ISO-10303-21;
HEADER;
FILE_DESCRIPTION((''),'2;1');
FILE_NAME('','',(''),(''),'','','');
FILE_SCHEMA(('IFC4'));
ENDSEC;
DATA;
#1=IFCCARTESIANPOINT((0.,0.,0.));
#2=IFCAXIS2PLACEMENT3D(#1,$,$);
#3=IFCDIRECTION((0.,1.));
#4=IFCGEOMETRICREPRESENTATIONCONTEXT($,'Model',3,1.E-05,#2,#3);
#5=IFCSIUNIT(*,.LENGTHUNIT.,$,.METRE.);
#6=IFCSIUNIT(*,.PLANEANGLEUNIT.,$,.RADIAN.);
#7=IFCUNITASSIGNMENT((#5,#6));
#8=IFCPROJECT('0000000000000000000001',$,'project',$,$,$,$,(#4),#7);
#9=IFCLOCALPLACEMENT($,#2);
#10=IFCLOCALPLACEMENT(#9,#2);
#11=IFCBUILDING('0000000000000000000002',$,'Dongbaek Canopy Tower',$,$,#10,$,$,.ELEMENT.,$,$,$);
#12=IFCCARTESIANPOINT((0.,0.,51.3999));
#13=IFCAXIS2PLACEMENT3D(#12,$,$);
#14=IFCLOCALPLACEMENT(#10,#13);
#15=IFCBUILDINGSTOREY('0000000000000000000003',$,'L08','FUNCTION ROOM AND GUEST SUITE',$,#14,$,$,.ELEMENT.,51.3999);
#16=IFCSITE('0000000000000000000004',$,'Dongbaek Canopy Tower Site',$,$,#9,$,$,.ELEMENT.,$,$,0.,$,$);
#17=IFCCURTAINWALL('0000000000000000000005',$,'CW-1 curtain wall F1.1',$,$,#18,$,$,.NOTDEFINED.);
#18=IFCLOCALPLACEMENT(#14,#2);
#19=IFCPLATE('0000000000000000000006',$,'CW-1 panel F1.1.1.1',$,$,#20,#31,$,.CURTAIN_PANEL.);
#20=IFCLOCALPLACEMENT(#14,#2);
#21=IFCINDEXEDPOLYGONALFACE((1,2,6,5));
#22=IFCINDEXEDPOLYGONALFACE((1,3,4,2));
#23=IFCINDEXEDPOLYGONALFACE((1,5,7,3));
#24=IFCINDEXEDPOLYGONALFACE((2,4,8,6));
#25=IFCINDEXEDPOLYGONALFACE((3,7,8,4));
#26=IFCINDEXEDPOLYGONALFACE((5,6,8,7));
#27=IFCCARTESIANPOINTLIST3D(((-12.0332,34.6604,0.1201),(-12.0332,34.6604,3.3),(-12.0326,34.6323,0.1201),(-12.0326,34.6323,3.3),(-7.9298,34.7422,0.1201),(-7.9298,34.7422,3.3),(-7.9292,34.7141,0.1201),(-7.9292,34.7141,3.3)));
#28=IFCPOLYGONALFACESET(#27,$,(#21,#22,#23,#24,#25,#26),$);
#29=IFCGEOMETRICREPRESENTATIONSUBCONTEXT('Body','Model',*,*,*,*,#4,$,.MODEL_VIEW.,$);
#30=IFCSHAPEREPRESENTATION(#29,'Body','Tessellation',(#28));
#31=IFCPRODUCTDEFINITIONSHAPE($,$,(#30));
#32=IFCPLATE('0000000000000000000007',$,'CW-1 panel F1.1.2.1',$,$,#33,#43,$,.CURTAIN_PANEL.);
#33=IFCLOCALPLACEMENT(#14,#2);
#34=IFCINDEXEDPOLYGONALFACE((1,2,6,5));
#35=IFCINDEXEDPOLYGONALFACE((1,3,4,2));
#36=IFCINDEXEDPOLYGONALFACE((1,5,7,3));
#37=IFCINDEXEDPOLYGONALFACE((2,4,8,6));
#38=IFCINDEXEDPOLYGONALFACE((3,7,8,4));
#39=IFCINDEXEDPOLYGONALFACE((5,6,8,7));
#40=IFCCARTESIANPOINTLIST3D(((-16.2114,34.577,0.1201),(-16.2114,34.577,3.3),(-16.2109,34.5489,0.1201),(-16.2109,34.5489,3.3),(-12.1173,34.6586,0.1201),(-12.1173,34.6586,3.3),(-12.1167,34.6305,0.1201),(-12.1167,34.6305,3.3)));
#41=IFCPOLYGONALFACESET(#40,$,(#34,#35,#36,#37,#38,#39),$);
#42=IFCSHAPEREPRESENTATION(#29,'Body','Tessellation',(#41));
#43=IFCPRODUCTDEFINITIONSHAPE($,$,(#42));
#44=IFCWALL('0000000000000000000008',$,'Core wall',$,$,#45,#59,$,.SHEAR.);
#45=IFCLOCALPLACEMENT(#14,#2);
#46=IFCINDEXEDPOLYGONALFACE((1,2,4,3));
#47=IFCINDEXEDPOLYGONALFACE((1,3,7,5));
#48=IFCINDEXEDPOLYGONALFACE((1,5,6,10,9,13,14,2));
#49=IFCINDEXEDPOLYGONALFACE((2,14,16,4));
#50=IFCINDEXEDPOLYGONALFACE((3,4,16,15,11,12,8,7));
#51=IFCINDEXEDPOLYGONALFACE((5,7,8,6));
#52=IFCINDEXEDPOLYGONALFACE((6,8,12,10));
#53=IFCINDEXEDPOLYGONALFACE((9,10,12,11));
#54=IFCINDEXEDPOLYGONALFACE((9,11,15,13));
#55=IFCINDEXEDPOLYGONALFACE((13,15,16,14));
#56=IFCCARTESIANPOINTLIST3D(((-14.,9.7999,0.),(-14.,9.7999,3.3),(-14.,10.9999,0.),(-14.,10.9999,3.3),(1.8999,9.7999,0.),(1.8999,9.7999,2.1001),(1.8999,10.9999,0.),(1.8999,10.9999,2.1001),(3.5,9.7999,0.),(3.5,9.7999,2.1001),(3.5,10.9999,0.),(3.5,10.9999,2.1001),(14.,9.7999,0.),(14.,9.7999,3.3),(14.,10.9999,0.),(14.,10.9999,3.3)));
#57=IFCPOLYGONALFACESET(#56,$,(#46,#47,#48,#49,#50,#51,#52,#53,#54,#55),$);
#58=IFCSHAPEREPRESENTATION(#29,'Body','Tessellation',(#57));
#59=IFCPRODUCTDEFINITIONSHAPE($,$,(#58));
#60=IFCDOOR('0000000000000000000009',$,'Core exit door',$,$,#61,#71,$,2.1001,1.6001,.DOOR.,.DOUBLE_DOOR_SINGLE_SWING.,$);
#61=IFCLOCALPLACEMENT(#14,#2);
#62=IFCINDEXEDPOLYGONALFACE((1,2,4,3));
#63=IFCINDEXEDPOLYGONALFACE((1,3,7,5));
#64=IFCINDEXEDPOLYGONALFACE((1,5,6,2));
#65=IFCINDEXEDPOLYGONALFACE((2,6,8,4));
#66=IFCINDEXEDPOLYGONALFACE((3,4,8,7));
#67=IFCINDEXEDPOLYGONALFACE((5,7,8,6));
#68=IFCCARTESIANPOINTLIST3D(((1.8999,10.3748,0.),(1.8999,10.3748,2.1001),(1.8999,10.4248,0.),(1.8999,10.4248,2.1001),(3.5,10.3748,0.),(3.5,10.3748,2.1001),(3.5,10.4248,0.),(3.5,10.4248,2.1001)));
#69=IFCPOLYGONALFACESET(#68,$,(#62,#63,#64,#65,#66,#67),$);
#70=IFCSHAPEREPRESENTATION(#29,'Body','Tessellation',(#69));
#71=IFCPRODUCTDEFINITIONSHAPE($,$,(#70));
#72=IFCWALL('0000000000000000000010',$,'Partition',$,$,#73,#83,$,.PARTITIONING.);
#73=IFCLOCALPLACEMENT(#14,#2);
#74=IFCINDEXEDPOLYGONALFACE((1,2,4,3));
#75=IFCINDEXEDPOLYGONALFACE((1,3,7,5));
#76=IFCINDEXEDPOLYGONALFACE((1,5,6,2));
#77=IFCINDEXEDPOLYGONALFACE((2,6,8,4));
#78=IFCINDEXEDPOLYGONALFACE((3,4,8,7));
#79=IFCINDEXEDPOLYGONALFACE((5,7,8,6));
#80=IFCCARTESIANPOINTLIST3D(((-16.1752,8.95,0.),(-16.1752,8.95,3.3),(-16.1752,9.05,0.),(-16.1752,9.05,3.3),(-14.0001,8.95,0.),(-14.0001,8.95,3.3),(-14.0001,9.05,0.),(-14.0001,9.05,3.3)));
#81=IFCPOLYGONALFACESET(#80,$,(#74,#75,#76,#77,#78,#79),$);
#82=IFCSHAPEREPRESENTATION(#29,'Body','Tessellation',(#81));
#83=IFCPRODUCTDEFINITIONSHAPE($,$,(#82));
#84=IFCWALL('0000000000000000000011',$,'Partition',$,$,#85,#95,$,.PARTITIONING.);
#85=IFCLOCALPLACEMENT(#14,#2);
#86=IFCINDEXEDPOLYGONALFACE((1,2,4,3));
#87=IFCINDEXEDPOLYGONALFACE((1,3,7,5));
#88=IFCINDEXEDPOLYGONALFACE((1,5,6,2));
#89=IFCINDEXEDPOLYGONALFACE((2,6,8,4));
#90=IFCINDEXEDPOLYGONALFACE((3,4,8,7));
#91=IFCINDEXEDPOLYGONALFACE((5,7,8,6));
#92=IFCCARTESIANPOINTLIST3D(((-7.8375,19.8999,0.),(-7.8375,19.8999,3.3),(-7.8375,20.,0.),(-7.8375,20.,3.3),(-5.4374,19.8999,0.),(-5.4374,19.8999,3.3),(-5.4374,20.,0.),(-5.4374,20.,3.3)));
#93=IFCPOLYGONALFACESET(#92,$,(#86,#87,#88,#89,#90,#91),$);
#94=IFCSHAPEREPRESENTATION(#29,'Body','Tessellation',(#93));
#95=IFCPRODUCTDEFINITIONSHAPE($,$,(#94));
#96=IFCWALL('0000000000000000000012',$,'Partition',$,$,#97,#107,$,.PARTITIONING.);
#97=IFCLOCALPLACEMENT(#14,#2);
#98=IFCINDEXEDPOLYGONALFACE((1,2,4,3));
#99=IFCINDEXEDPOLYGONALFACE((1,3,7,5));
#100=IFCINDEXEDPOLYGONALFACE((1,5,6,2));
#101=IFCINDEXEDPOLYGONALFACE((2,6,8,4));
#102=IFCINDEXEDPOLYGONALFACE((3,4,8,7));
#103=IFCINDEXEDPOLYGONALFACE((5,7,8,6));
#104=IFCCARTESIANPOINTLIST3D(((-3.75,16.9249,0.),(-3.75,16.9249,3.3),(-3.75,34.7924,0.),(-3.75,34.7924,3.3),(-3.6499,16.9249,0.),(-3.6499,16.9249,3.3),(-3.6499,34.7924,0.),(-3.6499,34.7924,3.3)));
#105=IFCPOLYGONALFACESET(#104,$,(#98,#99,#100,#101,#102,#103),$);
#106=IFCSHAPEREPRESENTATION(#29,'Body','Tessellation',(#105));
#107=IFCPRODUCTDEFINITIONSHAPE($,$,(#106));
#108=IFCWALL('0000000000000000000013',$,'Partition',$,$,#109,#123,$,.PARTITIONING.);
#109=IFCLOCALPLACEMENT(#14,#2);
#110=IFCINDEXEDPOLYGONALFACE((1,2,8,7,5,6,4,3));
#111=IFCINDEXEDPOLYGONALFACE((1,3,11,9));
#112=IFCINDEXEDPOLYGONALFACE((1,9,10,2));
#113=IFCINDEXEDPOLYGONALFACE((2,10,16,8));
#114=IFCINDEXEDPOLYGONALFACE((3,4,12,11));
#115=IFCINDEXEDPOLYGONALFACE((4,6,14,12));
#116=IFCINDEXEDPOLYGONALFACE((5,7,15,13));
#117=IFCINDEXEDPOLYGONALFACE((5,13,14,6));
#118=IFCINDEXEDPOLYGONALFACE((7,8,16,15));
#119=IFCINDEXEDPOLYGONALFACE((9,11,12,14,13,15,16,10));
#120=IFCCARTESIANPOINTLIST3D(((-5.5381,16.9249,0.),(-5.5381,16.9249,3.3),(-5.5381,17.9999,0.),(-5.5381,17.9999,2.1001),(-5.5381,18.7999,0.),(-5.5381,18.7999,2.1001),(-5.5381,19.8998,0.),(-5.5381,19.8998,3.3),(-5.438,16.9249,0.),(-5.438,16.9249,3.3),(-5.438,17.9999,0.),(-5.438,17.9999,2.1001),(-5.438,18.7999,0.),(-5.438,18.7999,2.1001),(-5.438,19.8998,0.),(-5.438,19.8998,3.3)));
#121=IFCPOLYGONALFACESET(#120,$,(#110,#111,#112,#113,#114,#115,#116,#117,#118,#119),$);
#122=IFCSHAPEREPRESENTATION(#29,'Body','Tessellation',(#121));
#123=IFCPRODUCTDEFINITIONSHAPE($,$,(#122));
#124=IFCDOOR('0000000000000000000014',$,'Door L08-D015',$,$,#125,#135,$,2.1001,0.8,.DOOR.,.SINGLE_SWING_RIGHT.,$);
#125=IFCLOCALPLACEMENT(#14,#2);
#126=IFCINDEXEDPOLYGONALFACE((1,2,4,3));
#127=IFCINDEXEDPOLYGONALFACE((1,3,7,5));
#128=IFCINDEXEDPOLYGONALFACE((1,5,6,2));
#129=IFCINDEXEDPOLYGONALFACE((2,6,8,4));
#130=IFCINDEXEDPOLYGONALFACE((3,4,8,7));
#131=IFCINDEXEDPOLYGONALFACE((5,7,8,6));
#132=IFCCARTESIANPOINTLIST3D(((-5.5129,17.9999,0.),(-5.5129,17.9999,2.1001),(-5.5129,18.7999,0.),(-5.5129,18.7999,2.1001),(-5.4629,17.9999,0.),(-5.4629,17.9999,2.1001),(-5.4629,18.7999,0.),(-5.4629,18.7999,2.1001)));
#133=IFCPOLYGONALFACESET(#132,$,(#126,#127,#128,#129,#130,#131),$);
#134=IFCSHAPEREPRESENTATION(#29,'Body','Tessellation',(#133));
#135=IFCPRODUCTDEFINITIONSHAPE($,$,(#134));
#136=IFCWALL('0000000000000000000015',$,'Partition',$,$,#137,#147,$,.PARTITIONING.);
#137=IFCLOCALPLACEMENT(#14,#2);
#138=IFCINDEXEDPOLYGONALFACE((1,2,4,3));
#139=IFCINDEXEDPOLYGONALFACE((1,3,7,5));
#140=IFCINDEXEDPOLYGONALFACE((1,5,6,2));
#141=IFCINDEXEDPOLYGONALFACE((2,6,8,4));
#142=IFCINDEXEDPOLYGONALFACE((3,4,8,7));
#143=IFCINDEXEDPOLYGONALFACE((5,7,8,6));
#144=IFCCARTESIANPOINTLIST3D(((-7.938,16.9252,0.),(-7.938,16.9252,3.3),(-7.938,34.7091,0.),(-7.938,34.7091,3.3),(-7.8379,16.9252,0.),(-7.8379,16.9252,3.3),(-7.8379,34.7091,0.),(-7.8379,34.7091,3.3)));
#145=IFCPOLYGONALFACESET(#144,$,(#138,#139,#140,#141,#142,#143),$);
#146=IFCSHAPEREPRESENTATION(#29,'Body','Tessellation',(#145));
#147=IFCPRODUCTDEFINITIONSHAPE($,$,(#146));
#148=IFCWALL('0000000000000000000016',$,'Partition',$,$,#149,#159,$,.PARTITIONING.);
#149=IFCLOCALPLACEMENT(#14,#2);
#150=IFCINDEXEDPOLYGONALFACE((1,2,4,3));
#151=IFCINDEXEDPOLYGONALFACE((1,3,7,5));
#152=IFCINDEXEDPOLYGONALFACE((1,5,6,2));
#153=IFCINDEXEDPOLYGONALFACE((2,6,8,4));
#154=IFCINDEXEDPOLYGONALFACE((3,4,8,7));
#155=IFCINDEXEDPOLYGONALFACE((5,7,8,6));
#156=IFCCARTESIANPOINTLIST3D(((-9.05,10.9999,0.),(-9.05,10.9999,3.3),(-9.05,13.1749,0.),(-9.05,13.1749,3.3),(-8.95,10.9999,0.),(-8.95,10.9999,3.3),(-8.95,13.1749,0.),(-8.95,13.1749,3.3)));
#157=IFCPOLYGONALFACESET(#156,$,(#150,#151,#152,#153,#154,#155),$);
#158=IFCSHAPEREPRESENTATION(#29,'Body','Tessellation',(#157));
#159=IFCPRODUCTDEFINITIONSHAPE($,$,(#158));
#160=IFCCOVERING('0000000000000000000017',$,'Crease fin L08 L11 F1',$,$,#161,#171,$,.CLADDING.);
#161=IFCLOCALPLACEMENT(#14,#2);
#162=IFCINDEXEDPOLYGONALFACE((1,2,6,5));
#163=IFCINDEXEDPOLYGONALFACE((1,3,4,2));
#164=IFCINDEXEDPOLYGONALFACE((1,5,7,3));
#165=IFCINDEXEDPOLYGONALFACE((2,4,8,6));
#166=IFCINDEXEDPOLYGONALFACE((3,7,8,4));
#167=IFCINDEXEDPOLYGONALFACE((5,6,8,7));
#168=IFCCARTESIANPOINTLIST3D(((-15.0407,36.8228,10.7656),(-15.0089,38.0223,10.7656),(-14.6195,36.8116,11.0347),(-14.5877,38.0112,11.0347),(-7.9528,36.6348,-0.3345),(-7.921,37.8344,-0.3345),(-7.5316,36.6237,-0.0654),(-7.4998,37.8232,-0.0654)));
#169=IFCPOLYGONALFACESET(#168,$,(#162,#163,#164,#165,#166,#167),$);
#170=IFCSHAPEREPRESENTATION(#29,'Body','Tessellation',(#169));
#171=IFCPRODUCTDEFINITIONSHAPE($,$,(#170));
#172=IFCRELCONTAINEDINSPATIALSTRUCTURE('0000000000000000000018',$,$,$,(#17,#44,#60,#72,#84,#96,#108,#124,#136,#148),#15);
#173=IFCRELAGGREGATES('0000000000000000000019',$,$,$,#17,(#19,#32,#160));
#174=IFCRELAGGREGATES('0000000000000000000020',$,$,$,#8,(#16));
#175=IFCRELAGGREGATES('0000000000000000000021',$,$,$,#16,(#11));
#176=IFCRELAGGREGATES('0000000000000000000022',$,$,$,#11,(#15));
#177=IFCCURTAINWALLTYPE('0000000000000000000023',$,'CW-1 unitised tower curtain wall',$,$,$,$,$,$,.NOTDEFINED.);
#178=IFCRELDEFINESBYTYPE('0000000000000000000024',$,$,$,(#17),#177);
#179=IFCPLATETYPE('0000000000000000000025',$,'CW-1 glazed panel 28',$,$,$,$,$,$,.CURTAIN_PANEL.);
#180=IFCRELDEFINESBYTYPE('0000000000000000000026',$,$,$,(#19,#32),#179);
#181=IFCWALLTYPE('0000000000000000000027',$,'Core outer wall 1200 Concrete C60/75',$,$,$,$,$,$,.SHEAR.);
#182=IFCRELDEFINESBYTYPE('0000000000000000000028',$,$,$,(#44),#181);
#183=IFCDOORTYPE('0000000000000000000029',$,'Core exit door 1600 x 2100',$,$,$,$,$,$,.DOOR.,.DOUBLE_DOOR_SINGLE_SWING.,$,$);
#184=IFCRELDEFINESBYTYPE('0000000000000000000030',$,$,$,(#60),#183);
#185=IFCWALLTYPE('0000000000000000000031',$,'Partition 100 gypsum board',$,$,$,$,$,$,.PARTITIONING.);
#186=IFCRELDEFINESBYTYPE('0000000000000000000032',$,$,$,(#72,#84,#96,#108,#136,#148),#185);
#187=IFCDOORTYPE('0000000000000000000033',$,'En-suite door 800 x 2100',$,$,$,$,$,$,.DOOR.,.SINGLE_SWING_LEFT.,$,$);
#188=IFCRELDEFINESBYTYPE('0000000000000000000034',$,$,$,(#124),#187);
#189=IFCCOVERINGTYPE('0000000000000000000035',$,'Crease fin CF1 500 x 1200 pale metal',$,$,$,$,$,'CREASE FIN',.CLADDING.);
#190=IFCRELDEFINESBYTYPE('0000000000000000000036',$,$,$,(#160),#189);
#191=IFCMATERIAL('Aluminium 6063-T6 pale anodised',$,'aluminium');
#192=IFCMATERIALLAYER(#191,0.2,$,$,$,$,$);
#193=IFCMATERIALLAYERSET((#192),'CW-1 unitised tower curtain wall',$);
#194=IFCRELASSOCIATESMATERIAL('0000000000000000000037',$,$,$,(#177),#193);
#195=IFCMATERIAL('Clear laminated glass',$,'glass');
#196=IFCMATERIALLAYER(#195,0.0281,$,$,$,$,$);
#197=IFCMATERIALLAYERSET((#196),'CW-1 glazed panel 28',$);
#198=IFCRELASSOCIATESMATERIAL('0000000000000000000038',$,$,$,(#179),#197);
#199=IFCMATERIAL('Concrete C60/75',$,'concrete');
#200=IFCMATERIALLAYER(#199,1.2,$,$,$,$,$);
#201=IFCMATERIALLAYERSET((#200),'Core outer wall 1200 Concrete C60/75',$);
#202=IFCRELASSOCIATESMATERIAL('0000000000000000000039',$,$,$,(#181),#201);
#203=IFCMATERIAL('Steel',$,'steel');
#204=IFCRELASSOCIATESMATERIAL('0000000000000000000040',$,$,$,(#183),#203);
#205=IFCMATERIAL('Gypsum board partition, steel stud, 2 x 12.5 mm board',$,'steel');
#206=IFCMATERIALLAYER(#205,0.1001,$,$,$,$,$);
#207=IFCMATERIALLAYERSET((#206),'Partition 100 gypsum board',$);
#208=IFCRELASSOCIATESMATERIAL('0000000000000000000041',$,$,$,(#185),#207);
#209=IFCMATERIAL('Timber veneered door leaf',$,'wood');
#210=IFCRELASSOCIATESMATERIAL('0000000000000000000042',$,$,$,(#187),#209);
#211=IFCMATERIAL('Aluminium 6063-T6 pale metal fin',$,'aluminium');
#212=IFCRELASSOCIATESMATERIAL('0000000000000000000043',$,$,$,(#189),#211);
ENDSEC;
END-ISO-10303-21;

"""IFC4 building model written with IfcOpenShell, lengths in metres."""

from ifc_helpers import new_model, si_unit, direction, frame, frame_2d, origin, origin_2d, place, context, subcontext, project, spatial, rectangle, extrude, material, layer, layer_set, material_profile, profile_set, type_object, element, fill, aggregate, save


model = new_model("IFC4")

# Units and contexts
model_context = context("Model", 3, precision=1e-05, world=origin(), true_north=direction((0.0, 1.0)))
body_context = subcontext(model_context, "Body", "Model", "MODEL_VIEW")
ifc_project = project(units=[si_unit("LENGTHUNIT", "METRE"), si_unit("PLANEANGLEUNIT", "RADIAN")], contexts=[model_context])

# Site, building, storey
site_placement = place(None, origin())
site = spatial("IfcSite", under=ifc_project, at=site_placement, Name="Dongbaek Canopy Tower Site", CompositionType="ELEMENT", RefElevation=0.0)
building_placement = place(site_placement, origin())
building = spatial("IfcBuilding", under=site, at=building_placement, Name="Dongbaek Canopy Tower", CompositionType="ELEMENT")
storey_placement = place(building_placement, frame((0.0, 0.0, 51.3999)))
storey = spatial("IfcBuildingStorey", under=building, at=storey_placement, Name="L08", Description="FUNCTION ROOM AND GUEST SUITE", CompositionType="ELEMENT", Elevation=51.3999)

# Curtain wall
ifc_material_1 = material(Name="Aluminium 6063-T6 pale anodised", Category="aluminium")
ifc_layer_1 = layer(ifc_material_1, 0.2)
ifc_layer_set_1 = layer_set([ifc_layer_1], Name="CW-1 unitised tower curtain wall")
curtain_wall_type = type_object("IfcCurtainWallType", Name="CW-1 unitised tower curtain wall", PredefinedType="NOTDEFINED", material=ifc_layer_set_1)
curtain_wall_placement = place(storey_placement, origin())
curtain_wall = element("IfcCurtainWall", 1, at=curtain_wall_placement, inside=storey, type_object=curtain_wall_type, Name="CW-1 curtain wall F1.1", PredefinedType="NOTDEFINED")

# Plates
ifc_material_2 = material(Name="Clear laminated glass", Category="glass")
ifc_layer_2 = layer(ifc_material_2, 0.0281)
ifc_layer_set_2 = layer_set([ifc_layer_2], Name="CW-1 glazed panel 28")
plate_type = type_object("IfcPlateType", Name="CW-1 glazed panel 28", PredefinedType="CURTAIN_PANEL", material=ifc_layer_set_2)
plate_1_placement = place(storey_placement, frame((-9.9812, 34.6873, 0.1201), z_axis=(0.0, 0.0, 1.0), x_axis=(-0.999801, -0.019926, 0.0)))
plate_1 = element("IfcPlate", 2, at=plate_1_placement, type_object=plate_type, Name="CW-1 panel F1.1.1.1", PredefinedType="CURTAIN_PANEL", context=body_context, shape_type="SweptSolid", body=[
    extrude(rectangle(XDim=4.1042, YDim=0.0281, at=origin_2d()), origin(), (0.0, 0.0, 1.0), 3.1799),
])
plate_2_placement = place(storey_placement, frame((-14.1641, 34.6038, 0.1201), z_axis=(0.0, 0.0, 1.0), x_axis=(-0.999801, -0.019926, 0.0)))
plate_2 = element("IfcPlate", 3, at=plate_2_placement, type_object=plate_type, Name="CW-1 panel F1.1.2.1", PredefinedType="CURTAIN_PANEL", context=body_context, shape_type="SweptSolid", body=[
    extrude(rectangle(XDim=4.095, YDim=0.0281, at=origin_2d()), origin(), (0.0, 0.0, 1.0), 3.1799),
])

# Wall, opening, door
ifc_material_3 = material(Name="Concrete C60/75", Category="concrete")
ifc_layer_3 = layer(ifc_material_3, 1.2)
ifc_layer_set_3 = layer_set([ifc_layer_3], Name="Core outer wall 1200 Concrete C60/75")
wall_type_1 = type_object("IfcWallType", Name="Core outer wall 1200 Concrete C60/75", PredefinedType="SHEAR", material=ifc_layer_set_3)
wall_1_placement = place(storey_placement, frame((-14.0, 10.3999, 0.0), z_axis=(0.0, 0.0, 1.0), x_axis=(1.0, 0.0, 0.0)))
wall_1 = element("IfcWall", 4, at=wall_1_placement, inside=storey, type_object=wall_type_1, Name="Core wall", PredefinedType="SHEAR", context=body_context, shape_type="SweptSolid", body=[
    extrude(rectangle(XDim=28.0, YDim=1.2, at=frame_2d((14.0, 0.0))), origin(), (0.0, 0.0, 1.0), 3.3),
])
opening_1_placement = place(wall_1_placement, frame((15.8999, 0.0, 0.0)))
opening_1 = element("IfcOpeningElement", 5, at=opening_1_placement, cuts=wall_1, PredefinedType="OPENING", context=body_context, shape_type="SweptSolid", body=[
    extrude(rectangle(XDim=1.6001, YDim=2.1001, at=frame_2d((0.8, 1.05))), frame((0.0, 0.6099, 0.0), z_axis=(0.0, -1.0, 0.0), x_axis=(1.0, 0.0, 0.0)), (0.0, 0.0, 1.0), 1.22),
])
ifc_material_4 = material(Name="Steel", Category="steel")
door_type_1 = type_object("IfcDoorType", Name="Core exit door 1600 x 2100", OperationType="DOUBLE_DOOR_SINGLE_SWING", PredefinedType="DOOR", material=ifc_material_4)
door_1_placement = place(opening_1_placement, origin())
door_1 = element("IfcDoor", 6, at=door_1_placement, inside=storey, type_object=door_type_1, Name="Core exit door", OperationType="DOUBLE_DOOR_SINGLE_SWING", OverallHeight=2.1001, OverallWidth=1.6001, PredefinedType="DOOR", context=body_context, shape_type="SweptSolid", body=[
    extrude(rectangle(XDim=1.6001, YDim=2.1001, at=frame_2d((0.8, 1.05))), frame((0.0, 0.0249, 0.0), z_axis=(0.0, -1.0, 0.0), x_axis=(1.0, 0.0, 0.0)), (0.0, 0.0, 1.0), 0.05),
])
fill(opening_1, door_1)

# Walls
ifc_material_5 = material(Name="Gypsum board partition, steel stud, 2 x 12.5 mm board", Category="steel")
ifc_layer_4 = layer(ifc_material_5, 0.1001)
ifc_layer_set_4 = layer_set([ifc_layer_4], Name="Partition 100 gypsum board")
wall_type_2 = type_object("IfcWallType", Name="Partition 100 gypsum board", PredefinedType="PARTITIONING", material=ifc_layer_set_4)
wall_2_placement = place(storey_placement, frame((-16.175, 9.0, 0.0), z_axis=(0.0, 0.0, 1.0), x_axis=(1.0, 0.0, 0.0)))
element("IfcWall", 7, at=wall_2_placement, inside=storey, type_object=wall_type_2, Name="Partition", PredefinedType="PARTITIONING", context=body_context, shape_type="SweptSolid", body=[
    extrude(rectangle(XDim=2.175, YDim=0.1001, at=frame_2d((1.0874, 0.0))), origin(), (0.0, 0.0, 1.0), 3.3),
])
wall_3_placement = place(storey_placement, frame((-7.8376, 19.95, 0.0), z_axis=(0.0, 0.0, 1.0), x_axis=(1.0, 0.0, 0.0)))
element("IfcWall", 8, at=wall_3_placement, inside=storey, type_object=wall_type_2, Name="Partition", PredefinedType="PARTITIONING", context=body_context, shape_type="SweptSolid", body=[
    extrude(rectangle(XDim=2.4001, YDim=0.1001, at=frame_2d((1.2002, 0.0))), origin(), (0.0, 0.0, 1.0), 3.3),
])
wall_4_placement = place(storey_placement, frame((-3.7, 16.925, 0.0), z_axis=(0.0, 0.0, 1.0), x_axis=(0.0, 1.0, 0.0)))
element("IfcWall", 9, at=wall_4_placement, inside=storey, type_object=wall_type_2, Name="Partition", PredefinedType="PARTITIONING", context=body_context, shape_type="SweptSolid", body=[
    extrude(rectangle(XDim=17.8674, YDim=0.1001, at=frame_2d((8.9336, 0.0))), origin(), (0.0, 0.0, 1.0), 3.3),
])

# Wall, opening, door
wall_5_placement = place(storey_placement, frame((-5.488, 16.925, 0.0), z_axis=(0.0, 0.0, 1.0), x_axis=(0.0, 1.0, 0.0)))
wall_5 = element("IfcWall", 10, at=wall_5_placement, inside=storey, type_object=wall_type_2, Name="Partition", PredefinedType="PARTITIONING", context=body_context, shape_type="SweptSolid", body=[
    extrude(rectangle(XDim=2.9749, YDim=0.1001, at=frame_2d((1.4873, 0.0))), origin(), (0.0, 0.0, 1.0), 3.3),
])
opening_2_placement = place(wall_5_placement, frame((1.075, 0.0, 0.0)))
opening_2 = element("IfcOpeningElement", 11, at=opening_2_placement, cuts=wall_5, PredefinedType="OPENING", context=body_context, shape_type="SweptSolid", body=[
    extrude(rectangle(XDim=0.8, YDim=2.1001, at=frame_2d((0.3999, 1.05))), frame((0.0, 0.0601, 0.0), z_axis=(0.0, -1.0, 0.0), x_axis=(1.0, 0.0, 0.0)), (0.0, 0.0, 1.0), 0.1201),
])
ifc_material_6 = material(Name="Timber veneered door leaf", Category="wood")
door_type_2 = type_object("IfcDoorType", Name="En-suite door 800 x 2100", OperationType="SINGLE_SWING_LEFT", PredefinedType="DOOR", material=ifc_material_6)
door_2_placement = place(opening_2_placement, origin())
door_2 = element("IfcDoor", 12, at=door_2_placement, inside=storey, type_object=door_type_2, Name="Door L08-D015", OperationType="SINGLE_SWING_RIGHT", OverallHeight=2.1001, OverallWidth=0.8, PredefinedType="DOOR", context=body_context, shape_type="SweptSolid", body=[
    extrude(rectangle(XDim=0.8, YDim=2.1001, at=frame_2d((0.3999, 1.05))), frame((0.0, 0.0249, 0.0), z_axis=(0.0, -1.0, 0.0), x_axis=(1.0, 0.0, 0.0)), (0.0, 0.0, 1.0), 0.05),
])
fill(opening_2, door_2)

# Walls
wall_6_placement = place(storey_placement, frame((-7.8879, 16.925, 0.0), z_axis=(0.0, 0.0, 1.0), x_axis=(0.0, 1.0, 0.0)))
element("IfcWall", 13, at=wall_6_placement, inside=storey, type_object=wall_type_2, Name="Partition", PredefinedType="PARTITIONING", context=body_context, shape_type="SweptSolid", body=[
    extrude(rectangle(XDim=17.7839, YDim=0.1001, at=frame_2d((8.8921, 0.0))), origin(), (0.0, 0.0, 1.0), 3.3),
])
wall_7_placement = place(storey_placement, frame((-9.0, 11.0, 0.0), z_axis=(0.0, 0.0, 1.0), x_axis=(0.0, 1.0, 0.0)))
element("IfcWall", 14, at=wall_7_placement, inside=storey, type_object=wall_type_2, Name="Partition", PredefinedType="PARTITIONING", context=body_context, shape_type="SweptSolid", body=[
    extrude(rectangle(XDim=2.175, YDim=0.1001, at=frame_2d((1.0874, 0.0))), origin(), (0.0, 0.0, 1.0), 3.3),
])

# Covering
ifc_material_7 = material(Name="Aluminium 6063-T6 pale metal fin", Category="aluminium")
ifc_material_profile_1 = material_profile(ifc_material_7, rectangle(XDim=1.2, YDim=0.5, at=origin_2d()), Name="Crease fin CF1 500 x 1200 pale metal")
ifc_profile_set_1 = profile_set([ifc_material_profile_1], Name="Aluminium 6063-T6 pale metal fin")
covering_type_1 = type_object("IfcCoveringType", Name="Crease fin CF1 500 x 1200 pale metal", ElementType="CREASE FIN", PredefinedType="CLADDING", material=ifc_profile_set_1)
covering_1_placement = place(storey_placement, frame((-7.7263, 37.229, -0.2), z_axis=(-0.538127, 0.014272, 0.842743), x_axis=(-0.026513, -0.999648, 0.0)))
covering_1 = element("IfcCovering", 15, at=covering_1_placement, type_object=covering_type_1, Name="Crease fin L08 L11 F1", PredefinedType="CLADDING", context=body_context, shape_type="SweptSolid", body=[
    extrude(rectangle(XDim=1.2, YDim=0.5, at=origin_2d()), origin(), (0.0, 0.0, 1.0), 13.1714),
])
aggregate(curtain_wall, [plate_1, plate_2, covering_1])

save(model, "model.ifc")
